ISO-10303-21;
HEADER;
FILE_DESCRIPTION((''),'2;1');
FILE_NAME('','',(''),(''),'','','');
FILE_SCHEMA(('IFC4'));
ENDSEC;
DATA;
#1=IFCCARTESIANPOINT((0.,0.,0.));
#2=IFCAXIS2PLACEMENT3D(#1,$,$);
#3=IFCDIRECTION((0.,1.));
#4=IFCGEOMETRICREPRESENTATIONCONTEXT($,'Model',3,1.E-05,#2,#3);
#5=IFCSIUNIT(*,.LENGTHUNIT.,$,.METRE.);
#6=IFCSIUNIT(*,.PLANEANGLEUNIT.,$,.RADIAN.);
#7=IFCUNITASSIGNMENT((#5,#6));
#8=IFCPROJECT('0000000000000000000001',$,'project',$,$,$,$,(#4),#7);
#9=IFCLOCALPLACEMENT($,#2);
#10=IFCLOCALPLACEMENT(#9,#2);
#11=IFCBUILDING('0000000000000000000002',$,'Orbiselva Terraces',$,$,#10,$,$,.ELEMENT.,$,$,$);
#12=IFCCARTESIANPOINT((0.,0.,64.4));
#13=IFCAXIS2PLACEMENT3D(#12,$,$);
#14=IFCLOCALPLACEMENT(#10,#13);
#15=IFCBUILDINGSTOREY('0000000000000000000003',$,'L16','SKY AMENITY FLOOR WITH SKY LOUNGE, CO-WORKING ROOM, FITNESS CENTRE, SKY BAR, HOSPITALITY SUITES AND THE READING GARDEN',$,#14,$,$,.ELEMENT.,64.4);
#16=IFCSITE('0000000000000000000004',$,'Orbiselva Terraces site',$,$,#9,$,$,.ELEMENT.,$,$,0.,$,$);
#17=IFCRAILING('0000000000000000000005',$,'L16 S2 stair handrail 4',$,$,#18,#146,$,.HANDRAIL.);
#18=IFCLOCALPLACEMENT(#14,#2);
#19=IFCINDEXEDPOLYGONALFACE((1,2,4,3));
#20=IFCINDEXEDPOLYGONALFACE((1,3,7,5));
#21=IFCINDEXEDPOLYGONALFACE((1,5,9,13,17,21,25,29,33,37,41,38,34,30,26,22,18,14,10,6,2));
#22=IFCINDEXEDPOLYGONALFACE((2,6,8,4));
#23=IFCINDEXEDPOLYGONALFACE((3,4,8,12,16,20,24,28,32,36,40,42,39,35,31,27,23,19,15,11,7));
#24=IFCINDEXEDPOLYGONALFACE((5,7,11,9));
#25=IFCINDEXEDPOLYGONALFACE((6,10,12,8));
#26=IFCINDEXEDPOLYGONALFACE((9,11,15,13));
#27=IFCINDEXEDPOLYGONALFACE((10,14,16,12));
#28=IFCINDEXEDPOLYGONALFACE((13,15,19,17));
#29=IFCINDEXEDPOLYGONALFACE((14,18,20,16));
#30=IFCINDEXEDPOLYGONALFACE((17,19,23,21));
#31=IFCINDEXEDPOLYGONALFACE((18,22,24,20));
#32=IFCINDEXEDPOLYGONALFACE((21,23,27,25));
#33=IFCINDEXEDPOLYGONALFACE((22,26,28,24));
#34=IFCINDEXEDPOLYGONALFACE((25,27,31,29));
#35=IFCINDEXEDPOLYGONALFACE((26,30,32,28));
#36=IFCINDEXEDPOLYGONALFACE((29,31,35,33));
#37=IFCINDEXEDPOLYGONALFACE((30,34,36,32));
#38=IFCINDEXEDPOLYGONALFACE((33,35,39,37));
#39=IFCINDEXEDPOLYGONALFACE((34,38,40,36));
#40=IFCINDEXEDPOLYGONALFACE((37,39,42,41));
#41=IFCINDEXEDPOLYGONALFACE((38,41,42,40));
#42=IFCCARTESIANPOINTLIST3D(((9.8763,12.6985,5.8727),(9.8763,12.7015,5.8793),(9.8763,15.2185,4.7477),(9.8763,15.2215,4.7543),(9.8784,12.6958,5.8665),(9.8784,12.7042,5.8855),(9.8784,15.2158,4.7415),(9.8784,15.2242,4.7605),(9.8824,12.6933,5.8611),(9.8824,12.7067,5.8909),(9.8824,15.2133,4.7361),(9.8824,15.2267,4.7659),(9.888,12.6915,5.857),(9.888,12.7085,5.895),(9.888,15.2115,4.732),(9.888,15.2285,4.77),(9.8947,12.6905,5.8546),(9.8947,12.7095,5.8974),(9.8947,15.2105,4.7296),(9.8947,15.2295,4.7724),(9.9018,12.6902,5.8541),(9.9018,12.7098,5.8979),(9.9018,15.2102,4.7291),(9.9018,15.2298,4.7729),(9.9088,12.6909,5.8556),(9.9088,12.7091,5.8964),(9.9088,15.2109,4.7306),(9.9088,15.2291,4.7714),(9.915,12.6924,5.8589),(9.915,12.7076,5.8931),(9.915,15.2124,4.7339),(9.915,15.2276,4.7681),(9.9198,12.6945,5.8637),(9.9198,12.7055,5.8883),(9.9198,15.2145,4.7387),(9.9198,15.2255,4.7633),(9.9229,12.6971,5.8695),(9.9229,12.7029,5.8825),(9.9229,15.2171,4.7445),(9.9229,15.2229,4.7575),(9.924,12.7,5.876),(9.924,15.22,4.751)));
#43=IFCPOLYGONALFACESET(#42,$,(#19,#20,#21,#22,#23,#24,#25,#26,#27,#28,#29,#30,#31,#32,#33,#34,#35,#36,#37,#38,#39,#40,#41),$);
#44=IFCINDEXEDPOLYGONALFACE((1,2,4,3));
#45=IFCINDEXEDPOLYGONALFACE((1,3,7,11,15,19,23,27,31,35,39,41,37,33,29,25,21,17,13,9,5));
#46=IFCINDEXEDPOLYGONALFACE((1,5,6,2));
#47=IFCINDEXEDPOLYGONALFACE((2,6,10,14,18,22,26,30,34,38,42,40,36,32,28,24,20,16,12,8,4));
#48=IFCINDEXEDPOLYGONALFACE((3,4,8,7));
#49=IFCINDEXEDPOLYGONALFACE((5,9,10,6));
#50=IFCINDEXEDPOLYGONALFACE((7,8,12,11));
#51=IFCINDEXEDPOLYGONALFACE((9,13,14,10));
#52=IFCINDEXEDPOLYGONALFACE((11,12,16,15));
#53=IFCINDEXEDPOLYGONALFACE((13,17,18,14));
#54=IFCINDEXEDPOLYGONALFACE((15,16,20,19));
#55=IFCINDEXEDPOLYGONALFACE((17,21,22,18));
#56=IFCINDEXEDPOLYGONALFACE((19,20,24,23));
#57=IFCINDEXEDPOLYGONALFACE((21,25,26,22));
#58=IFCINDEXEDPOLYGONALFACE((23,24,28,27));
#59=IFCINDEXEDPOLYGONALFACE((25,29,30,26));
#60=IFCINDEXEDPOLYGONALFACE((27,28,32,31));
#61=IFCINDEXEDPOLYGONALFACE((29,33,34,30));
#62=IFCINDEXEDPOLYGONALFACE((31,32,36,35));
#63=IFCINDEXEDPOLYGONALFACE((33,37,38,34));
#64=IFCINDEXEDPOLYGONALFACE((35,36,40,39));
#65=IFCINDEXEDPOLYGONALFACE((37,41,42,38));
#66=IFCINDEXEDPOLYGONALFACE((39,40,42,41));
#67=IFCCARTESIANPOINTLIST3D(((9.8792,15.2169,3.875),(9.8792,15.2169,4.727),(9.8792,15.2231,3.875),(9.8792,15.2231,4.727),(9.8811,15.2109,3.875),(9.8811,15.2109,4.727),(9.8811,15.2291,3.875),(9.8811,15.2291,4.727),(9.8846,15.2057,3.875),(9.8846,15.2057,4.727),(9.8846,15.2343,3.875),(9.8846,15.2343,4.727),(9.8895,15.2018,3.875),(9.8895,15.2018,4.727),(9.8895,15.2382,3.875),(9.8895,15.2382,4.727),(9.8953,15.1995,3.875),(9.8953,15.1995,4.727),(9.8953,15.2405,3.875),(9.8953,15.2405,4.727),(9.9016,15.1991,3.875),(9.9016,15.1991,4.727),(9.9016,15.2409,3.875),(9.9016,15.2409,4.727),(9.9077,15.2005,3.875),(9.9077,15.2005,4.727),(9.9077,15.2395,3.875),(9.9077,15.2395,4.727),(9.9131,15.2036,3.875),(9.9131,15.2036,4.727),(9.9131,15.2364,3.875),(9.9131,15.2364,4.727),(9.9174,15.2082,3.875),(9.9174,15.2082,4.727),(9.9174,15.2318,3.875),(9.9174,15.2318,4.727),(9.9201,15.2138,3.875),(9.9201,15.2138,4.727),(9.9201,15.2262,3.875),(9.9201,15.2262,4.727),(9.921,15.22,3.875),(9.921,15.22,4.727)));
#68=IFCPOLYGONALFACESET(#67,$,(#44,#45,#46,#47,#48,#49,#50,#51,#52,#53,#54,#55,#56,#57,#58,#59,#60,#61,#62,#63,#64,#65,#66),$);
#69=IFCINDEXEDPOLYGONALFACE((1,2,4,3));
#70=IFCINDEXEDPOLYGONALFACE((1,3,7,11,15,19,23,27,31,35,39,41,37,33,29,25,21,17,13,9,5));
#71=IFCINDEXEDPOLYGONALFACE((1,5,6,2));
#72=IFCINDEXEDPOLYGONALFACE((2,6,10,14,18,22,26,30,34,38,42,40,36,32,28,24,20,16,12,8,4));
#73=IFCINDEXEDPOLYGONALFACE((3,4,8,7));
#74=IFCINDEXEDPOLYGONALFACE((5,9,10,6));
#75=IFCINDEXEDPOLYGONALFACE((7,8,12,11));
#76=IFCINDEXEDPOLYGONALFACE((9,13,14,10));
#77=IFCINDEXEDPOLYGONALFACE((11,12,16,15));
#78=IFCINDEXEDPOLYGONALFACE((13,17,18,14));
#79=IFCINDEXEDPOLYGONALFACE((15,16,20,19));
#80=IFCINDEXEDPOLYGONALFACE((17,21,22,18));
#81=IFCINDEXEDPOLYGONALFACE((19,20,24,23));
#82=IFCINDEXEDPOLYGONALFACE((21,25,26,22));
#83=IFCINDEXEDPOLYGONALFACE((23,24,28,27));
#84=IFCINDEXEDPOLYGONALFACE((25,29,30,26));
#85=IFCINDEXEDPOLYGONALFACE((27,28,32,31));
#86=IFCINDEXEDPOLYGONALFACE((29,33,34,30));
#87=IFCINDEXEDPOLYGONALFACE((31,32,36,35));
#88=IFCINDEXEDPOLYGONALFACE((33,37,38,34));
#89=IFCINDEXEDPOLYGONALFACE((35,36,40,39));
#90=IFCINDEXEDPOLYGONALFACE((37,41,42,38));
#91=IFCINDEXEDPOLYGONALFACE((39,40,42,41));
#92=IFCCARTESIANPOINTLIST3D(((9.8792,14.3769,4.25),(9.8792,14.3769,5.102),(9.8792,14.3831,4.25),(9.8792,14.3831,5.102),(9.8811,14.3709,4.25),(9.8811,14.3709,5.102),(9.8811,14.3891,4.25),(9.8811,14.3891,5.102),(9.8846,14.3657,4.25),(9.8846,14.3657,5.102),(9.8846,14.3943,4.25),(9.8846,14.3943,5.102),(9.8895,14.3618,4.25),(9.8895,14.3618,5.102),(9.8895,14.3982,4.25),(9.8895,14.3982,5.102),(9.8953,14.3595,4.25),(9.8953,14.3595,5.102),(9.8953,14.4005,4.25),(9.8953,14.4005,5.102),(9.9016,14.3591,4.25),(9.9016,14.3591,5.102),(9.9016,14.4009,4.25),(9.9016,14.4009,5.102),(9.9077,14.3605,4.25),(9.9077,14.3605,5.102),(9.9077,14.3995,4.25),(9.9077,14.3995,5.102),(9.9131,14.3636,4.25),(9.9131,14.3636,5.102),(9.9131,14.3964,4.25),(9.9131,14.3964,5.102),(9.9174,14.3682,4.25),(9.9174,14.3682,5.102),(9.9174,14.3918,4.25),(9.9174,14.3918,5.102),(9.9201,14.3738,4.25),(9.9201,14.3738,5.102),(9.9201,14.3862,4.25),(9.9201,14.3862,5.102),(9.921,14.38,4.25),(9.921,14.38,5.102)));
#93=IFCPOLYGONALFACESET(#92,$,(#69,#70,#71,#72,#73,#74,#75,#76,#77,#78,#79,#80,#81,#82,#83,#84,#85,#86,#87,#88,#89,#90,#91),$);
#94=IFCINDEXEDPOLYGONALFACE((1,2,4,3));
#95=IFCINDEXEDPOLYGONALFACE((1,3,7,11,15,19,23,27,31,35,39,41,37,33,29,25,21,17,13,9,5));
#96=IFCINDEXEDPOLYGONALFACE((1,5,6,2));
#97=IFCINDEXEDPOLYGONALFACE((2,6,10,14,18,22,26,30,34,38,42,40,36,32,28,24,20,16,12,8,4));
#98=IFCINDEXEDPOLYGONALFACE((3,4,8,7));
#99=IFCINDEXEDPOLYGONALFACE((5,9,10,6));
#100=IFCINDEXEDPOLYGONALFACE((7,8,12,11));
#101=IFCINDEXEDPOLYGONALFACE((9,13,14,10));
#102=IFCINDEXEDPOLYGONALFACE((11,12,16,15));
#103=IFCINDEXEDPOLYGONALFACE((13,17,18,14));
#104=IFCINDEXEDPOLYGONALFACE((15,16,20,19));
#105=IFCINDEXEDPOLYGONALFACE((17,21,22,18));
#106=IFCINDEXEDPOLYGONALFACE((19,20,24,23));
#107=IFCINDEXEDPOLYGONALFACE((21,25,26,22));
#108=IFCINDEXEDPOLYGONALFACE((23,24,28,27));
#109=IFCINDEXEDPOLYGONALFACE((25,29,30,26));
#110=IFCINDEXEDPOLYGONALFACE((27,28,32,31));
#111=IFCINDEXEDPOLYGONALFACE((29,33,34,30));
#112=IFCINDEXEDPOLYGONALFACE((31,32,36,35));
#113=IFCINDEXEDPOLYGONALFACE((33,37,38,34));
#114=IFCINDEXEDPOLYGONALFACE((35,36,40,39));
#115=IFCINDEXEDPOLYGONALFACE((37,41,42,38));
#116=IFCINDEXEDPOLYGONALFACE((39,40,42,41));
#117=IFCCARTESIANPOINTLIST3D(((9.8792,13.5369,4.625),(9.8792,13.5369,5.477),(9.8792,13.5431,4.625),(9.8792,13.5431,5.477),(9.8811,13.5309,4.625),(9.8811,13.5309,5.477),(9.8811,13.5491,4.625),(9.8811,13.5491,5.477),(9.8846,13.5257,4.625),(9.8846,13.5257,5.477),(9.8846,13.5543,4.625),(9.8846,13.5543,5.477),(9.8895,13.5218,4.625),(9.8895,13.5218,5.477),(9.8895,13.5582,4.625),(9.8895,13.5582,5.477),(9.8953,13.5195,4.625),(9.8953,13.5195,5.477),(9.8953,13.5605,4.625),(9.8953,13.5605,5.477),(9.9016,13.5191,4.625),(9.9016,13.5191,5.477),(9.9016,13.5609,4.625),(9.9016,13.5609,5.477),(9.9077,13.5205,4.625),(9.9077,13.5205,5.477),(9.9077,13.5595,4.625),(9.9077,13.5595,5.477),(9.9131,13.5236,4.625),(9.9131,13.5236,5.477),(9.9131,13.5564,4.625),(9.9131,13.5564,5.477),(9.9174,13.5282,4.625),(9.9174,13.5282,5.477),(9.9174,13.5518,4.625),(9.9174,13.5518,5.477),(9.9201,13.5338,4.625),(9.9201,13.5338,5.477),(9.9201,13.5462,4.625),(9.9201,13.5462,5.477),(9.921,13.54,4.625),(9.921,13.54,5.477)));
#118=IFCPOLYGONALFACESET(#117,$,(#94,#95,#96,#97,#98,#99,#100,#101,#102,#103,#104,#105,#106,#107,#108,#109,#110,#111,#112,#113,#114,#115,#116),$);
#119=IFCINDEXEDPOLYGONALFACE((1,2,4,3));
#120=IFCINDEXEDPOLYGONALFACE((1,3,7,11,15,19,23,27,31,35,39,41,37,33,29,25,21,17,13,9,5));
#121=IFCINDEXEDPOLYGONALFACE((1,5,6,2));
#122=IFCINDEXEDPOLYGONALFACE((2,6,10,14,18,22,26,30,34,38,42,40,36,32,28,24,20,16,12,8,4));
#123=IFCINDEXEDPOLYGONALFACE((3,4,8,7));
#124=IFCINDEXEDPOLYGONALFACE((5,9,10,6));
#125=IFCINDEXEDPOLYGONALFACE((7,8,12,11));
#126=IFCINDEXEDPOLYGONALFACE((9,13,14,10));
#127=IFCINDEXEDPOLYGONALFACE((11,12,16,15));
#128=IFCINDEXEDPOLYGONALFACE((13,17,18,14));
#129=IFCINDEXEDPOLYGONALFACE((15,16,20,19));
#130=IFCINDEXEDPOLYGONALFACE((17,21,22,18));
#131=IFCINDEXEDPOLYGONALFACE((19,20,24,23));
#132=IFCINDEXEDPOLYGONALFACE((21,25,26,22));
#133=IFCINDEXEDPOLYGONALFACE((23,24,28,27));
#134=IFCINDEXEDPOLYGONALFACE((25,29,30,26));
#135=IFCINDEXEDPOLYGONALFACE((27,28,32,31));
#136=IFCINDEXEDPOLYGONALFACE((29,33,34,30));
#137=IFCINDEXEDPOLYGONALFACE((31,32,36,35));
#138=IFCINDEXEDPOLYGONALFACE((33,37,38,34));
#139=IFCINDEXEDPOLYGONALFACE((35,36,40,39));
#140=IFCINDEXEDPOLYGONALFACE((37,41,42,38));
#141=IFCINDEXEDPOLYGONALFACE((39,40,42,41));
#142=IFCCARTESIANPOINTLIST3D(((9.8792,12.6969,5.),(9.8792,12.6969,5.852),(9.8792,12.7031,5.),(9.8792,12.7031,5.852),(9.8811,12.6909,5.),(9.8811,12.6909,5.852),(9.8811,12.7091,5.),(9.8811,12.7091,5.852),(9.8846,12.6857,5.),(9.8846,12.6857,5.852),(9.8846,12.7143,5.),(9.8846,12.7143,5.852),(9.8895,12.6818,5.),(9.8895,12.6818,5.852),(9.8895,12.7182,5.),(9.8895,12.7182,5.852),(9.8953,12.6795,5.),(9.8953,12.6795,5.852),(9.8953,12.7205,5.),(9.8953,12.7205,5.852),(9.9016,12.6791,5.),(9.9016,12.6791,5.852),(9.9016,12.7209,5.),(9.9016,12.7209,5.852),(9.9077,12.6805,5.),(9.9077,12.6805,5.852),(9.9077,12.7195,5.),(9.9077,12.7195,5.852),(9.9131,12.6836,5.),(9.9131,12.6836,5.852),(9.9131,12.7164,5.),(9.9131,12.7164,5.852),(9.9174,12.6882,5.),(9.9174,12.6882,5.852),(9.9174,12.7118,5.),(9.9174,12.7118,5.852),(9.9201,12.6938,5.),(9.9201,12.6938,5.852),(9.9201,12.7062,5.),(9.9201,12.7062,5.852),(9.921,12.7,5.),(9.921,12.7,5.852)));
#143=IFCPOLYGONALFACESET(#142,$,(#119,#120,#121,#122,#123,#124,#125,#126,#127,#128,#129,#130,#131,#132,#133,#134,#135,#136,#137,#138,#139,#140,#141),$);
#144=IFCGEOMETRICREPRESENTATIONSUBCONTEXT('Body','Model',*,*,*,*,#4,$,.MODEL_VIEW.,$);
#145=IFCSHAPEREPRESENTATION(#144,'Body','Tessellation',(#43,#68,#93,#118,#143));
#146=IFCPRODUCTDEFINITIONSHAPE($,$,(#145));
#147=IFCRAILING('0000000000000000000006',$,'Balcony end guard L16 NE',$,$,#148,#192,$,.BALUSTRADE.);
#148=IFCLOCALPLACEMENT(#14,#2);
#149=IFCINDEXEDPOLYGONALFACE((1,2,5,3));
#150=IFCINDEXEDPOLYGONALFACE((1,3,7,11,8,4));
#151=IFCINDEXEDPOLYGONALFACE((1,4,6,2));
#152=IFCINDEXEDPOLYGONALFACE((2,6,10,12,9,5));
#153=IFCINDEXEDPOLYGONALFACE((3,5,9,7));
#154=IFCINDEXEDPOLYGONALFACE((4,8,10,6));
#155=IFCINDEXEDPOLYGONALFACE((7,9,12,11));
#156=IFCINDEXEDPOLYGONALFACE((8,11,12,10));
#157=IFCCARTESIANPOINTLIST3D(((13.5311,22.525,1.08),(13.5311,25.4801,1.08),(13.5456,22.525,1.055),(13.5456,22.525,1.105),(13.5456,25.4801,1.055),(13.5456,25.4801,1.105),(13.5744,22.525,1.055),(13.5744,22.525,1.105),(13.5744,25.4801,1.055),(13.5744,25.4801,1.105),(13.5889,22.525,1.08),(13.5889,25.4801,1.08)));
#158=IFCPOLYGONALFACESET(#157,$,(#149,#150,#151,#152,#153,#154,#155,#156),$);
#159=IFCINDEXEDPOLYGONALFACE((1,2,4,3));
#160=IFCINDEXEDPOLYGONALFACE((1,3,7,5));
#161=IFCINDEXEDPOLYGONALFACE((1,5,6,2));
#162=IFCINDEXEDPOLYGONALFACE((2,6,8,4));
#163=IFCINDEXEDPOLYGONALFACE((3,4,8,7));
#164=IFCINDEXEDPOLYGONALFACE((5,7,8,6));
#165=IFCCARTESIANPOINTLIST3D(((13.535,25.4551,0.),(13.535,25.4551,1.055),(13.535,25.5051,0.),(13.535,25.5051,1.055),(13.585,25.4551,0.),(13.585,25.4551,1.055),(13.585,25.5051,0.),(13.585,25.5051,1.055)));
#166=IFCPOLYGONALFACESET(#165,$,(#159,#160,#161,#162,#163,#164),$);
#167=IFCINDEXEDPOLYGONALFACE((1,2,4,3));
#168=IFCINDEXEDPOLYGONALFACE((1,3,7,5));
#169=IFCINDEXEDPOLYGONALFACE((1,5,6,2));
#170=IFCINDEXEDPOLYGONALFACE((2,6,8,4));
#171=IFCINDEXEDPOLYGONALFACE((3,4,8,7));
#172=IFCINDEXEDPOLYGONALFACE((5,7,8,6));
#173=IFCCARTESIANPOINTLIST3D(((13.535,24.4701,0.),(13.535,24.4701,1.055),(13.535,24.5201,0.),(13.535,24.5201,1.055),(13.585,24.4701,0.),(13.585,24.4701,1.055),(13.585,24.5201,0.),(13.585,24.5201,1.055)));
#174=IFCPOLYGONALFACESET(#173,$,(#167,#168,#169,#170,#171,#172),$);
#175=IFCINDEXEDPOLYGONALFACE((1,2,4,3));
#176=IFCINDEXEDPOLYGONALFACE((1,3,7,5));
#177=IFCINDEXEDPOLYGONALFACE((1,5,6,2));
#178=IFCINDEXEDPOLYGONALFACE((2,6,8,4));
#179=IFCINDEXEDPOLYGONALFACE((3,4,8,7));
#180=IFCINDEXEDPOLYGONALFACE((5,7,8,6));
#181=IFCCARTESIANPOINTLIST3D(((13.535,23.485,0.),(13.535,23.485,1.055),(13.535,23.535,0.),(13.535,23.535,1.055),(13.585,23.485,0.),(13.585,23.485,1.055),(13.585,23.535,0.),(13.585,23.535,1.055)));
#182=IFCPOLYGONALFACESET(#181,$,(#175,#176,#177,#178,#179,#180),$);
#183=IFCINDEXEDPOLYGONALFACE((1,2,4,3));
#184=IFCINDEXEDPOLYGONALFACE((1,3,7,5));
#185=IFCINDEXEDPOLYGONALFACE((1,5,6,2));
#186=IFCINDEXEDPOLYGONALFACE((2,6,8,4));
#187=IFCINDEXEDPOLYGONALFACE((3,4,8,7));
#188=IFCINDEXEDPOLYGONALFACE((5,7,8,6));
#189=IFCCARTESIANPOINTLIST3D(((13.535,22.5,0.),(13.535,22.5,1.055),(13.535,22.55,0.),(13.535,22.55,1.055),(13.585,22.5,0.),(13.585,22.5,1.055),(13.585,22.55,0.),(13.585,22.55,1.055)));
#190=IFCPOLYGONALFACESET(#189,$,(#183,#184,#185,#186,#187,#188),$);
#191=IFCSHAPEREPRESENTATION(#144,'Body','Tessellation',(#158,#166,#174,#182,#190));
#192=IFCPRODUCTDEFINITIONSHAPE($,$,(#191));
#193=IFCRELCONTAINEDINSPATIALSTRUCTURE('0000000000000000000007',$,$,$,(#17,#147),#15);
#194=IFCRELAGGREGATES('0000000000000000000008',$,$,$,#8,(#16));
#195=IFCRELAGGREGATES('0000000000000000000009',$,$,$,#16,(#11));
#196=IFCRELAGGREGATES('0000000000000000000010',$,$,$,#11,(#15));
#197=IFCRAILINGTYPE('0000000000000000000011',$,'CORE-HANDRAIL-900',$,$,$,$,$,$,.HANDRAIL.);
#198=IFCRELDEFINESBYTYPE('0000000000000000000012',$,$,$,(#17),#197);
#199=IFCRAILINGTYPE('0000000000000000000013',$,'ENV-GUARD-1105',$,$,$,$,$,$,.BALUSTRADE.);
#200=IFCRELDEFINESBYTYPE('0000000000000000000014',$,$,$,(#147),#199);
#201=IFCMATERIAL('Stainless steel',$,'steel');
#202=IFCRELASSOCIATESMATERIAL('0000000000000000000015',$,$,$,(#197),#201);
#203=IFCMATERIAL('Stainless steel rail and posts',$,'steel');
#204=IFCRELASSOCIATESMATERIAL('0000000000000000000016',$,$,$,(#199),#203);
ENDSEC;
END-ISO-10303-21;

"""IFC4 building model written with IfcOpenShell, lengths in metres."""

from ifc_helpers import new_model, si_unit, direction, frame, origin, origin_2d, place, context, subcontext, project, spatial, polyline, rectangle, circle, outline, extrude, material, type_object, element, save


model = new_model("IFC4")

# Units and contexts
model_context = context("Model", 3, precision=1e-05, world=origin(), true_north=direction((0.0, 1.0)))
body_context = subcontext(model_context, "Body", "Model", "MODEL_VIEW")
ifc_project = project(units=[si_unit("LENGTHUNIT", "METRE"), si_unit("PLANEANGLEUNIT", "RADIAN")], contexts=[model_context])

# Site, building, storey
site_placement = place(None, origin())
site = spatial("IfcSite", under=ifc_project, at=site_placement, Name="Orbiselva Terraces site", CompositionType="ELEMENT", RefElevation=0.0)
building_placement = place(site_placement, origin())
building = spatial("IfcBuilding", under=site, at=building_placement, Name="Orbiselva Terraces", CompositionType="ELEMENT")
storey_placement = place(building_placement, frame((0.0, 0.0, 64.4)))
storey = spatial("IfcBuildingStorey", under=building, at=storey_placement, Name="L16", Description="SKY AMENITY FLOOR WITH SKY LOUNGE, CO-WORKING ROOM, FITNESS CENTRE, SKY BAR, HOSPITALITY SUITES AND THE READING GARDEN", CompositionType="ELEMENT", Elevation=64.4)

# Railings
ifc_material_1 = material(Name="Stainless steel", Category="steel")
railing_type_1 = type_object("IfcRailingType", Name="CORE-HANDRAIL-900", PredefinedType="HANDRAIL", material=ifc_material_1)
railing_1_placement = place(storey_placement, frame((9.9, 15.22, 3.875)))
element("IfcRailing", 1, at=railing_1_placement, inside=storey, type_object=railing_type_1, Name="L16 S2 stair handrail 4", PredefinedType="HANDRAIL", context=body_context, shape_type="SweptSolid", body=[
    extrude(circle(Radius=0.024, at=origin_2d()), frame((0.0, 0.0, 0.876), z_axis=(0.0, -0.913138, 0.407651), x_axis=(1.0, 0.0, 0.0)), (0.0, 0.0, 1.0), 2.7597),
    extrude(circle(Radius=0.021, at=origin_2d()), origin(), (0.0, 0.0, 1.0), 0.852),
    extrude(circle(Radius=0.021, at=origin_2d()), frame((0.0, -0.84, 0.375)), (0.0, 0.0, 1.0), 0.852),
    extrude(circle(Radius=0.021, at=origin_2d()), frame((0.0, -1.68, 0.75)), (0.0, 0.0, 1.0), 0.852),
    extrude(circle(Radius=0.021, at=origin_2d()), frame((0.0, -2.52, 1.125)), (0.0, 0.0, 1.0), 0.852),
])
ifc_material_2 = material(Name="Stainless steel rail and posts", Category="steel")
railing_type_2 = type_object("IfcRailingType", Name="ENV-GUARD-1105", PredefinedType="BALUSTRADE", material=ifc_material_2)
railing_2_placement = place(storey_placement, frame((13.56, 25.4801, 0.0)))
element("IfcRailing", 2, at=railing_2_placement, inside=storey, type_object=railing_type_2, Name="Balcony end guard L16 NE", PredefinedType="BALUSTRADE", context=body_context, shape_type="SweptSolid", body=[
    extrude(outline(polyline([(0.0289, 0.0), (0.0144, 0.025), (-0.0144, 0.025), (-0.0289, 0.0), (-0.0144, -0.025), (0.0144, -0.025), (0.0289, 0.0)])), frame((0.0, 0.0, 1.08), z_axis=(0.0, -1.0, 0.0), x_axis=(1.0, 0.0, 0.0)), (0.0, 0.0, 1.0), 2.9551),
    extrude(rectangle(XDim=0.05, YDim=0.05, at=origin_2d()), origin(), (0.0, 0.0, 1.0), 1.055),
    extrude(rectangle(XDim=0.05, YDim=0.05, at=origin_2d()), frame((0.0, -0.985, 0.0)), (0.0, 0.0, 1.0), 1.055),
    extrude(rectangle(XDim=0.05, YDim=0.05, at=origin_2d()), frame((0.0, -1.9701, 0.0)), (0.0, 0.0, 1.0), 1.055),
    extrude(rectangle(XDim=0.05, YDim=0.05, at=origin_2d()), frame((0.0, -2.9551, 0.0)), (0.0, 0.0, 1.0), 1.055),
])

save(model, "model.ifc")
